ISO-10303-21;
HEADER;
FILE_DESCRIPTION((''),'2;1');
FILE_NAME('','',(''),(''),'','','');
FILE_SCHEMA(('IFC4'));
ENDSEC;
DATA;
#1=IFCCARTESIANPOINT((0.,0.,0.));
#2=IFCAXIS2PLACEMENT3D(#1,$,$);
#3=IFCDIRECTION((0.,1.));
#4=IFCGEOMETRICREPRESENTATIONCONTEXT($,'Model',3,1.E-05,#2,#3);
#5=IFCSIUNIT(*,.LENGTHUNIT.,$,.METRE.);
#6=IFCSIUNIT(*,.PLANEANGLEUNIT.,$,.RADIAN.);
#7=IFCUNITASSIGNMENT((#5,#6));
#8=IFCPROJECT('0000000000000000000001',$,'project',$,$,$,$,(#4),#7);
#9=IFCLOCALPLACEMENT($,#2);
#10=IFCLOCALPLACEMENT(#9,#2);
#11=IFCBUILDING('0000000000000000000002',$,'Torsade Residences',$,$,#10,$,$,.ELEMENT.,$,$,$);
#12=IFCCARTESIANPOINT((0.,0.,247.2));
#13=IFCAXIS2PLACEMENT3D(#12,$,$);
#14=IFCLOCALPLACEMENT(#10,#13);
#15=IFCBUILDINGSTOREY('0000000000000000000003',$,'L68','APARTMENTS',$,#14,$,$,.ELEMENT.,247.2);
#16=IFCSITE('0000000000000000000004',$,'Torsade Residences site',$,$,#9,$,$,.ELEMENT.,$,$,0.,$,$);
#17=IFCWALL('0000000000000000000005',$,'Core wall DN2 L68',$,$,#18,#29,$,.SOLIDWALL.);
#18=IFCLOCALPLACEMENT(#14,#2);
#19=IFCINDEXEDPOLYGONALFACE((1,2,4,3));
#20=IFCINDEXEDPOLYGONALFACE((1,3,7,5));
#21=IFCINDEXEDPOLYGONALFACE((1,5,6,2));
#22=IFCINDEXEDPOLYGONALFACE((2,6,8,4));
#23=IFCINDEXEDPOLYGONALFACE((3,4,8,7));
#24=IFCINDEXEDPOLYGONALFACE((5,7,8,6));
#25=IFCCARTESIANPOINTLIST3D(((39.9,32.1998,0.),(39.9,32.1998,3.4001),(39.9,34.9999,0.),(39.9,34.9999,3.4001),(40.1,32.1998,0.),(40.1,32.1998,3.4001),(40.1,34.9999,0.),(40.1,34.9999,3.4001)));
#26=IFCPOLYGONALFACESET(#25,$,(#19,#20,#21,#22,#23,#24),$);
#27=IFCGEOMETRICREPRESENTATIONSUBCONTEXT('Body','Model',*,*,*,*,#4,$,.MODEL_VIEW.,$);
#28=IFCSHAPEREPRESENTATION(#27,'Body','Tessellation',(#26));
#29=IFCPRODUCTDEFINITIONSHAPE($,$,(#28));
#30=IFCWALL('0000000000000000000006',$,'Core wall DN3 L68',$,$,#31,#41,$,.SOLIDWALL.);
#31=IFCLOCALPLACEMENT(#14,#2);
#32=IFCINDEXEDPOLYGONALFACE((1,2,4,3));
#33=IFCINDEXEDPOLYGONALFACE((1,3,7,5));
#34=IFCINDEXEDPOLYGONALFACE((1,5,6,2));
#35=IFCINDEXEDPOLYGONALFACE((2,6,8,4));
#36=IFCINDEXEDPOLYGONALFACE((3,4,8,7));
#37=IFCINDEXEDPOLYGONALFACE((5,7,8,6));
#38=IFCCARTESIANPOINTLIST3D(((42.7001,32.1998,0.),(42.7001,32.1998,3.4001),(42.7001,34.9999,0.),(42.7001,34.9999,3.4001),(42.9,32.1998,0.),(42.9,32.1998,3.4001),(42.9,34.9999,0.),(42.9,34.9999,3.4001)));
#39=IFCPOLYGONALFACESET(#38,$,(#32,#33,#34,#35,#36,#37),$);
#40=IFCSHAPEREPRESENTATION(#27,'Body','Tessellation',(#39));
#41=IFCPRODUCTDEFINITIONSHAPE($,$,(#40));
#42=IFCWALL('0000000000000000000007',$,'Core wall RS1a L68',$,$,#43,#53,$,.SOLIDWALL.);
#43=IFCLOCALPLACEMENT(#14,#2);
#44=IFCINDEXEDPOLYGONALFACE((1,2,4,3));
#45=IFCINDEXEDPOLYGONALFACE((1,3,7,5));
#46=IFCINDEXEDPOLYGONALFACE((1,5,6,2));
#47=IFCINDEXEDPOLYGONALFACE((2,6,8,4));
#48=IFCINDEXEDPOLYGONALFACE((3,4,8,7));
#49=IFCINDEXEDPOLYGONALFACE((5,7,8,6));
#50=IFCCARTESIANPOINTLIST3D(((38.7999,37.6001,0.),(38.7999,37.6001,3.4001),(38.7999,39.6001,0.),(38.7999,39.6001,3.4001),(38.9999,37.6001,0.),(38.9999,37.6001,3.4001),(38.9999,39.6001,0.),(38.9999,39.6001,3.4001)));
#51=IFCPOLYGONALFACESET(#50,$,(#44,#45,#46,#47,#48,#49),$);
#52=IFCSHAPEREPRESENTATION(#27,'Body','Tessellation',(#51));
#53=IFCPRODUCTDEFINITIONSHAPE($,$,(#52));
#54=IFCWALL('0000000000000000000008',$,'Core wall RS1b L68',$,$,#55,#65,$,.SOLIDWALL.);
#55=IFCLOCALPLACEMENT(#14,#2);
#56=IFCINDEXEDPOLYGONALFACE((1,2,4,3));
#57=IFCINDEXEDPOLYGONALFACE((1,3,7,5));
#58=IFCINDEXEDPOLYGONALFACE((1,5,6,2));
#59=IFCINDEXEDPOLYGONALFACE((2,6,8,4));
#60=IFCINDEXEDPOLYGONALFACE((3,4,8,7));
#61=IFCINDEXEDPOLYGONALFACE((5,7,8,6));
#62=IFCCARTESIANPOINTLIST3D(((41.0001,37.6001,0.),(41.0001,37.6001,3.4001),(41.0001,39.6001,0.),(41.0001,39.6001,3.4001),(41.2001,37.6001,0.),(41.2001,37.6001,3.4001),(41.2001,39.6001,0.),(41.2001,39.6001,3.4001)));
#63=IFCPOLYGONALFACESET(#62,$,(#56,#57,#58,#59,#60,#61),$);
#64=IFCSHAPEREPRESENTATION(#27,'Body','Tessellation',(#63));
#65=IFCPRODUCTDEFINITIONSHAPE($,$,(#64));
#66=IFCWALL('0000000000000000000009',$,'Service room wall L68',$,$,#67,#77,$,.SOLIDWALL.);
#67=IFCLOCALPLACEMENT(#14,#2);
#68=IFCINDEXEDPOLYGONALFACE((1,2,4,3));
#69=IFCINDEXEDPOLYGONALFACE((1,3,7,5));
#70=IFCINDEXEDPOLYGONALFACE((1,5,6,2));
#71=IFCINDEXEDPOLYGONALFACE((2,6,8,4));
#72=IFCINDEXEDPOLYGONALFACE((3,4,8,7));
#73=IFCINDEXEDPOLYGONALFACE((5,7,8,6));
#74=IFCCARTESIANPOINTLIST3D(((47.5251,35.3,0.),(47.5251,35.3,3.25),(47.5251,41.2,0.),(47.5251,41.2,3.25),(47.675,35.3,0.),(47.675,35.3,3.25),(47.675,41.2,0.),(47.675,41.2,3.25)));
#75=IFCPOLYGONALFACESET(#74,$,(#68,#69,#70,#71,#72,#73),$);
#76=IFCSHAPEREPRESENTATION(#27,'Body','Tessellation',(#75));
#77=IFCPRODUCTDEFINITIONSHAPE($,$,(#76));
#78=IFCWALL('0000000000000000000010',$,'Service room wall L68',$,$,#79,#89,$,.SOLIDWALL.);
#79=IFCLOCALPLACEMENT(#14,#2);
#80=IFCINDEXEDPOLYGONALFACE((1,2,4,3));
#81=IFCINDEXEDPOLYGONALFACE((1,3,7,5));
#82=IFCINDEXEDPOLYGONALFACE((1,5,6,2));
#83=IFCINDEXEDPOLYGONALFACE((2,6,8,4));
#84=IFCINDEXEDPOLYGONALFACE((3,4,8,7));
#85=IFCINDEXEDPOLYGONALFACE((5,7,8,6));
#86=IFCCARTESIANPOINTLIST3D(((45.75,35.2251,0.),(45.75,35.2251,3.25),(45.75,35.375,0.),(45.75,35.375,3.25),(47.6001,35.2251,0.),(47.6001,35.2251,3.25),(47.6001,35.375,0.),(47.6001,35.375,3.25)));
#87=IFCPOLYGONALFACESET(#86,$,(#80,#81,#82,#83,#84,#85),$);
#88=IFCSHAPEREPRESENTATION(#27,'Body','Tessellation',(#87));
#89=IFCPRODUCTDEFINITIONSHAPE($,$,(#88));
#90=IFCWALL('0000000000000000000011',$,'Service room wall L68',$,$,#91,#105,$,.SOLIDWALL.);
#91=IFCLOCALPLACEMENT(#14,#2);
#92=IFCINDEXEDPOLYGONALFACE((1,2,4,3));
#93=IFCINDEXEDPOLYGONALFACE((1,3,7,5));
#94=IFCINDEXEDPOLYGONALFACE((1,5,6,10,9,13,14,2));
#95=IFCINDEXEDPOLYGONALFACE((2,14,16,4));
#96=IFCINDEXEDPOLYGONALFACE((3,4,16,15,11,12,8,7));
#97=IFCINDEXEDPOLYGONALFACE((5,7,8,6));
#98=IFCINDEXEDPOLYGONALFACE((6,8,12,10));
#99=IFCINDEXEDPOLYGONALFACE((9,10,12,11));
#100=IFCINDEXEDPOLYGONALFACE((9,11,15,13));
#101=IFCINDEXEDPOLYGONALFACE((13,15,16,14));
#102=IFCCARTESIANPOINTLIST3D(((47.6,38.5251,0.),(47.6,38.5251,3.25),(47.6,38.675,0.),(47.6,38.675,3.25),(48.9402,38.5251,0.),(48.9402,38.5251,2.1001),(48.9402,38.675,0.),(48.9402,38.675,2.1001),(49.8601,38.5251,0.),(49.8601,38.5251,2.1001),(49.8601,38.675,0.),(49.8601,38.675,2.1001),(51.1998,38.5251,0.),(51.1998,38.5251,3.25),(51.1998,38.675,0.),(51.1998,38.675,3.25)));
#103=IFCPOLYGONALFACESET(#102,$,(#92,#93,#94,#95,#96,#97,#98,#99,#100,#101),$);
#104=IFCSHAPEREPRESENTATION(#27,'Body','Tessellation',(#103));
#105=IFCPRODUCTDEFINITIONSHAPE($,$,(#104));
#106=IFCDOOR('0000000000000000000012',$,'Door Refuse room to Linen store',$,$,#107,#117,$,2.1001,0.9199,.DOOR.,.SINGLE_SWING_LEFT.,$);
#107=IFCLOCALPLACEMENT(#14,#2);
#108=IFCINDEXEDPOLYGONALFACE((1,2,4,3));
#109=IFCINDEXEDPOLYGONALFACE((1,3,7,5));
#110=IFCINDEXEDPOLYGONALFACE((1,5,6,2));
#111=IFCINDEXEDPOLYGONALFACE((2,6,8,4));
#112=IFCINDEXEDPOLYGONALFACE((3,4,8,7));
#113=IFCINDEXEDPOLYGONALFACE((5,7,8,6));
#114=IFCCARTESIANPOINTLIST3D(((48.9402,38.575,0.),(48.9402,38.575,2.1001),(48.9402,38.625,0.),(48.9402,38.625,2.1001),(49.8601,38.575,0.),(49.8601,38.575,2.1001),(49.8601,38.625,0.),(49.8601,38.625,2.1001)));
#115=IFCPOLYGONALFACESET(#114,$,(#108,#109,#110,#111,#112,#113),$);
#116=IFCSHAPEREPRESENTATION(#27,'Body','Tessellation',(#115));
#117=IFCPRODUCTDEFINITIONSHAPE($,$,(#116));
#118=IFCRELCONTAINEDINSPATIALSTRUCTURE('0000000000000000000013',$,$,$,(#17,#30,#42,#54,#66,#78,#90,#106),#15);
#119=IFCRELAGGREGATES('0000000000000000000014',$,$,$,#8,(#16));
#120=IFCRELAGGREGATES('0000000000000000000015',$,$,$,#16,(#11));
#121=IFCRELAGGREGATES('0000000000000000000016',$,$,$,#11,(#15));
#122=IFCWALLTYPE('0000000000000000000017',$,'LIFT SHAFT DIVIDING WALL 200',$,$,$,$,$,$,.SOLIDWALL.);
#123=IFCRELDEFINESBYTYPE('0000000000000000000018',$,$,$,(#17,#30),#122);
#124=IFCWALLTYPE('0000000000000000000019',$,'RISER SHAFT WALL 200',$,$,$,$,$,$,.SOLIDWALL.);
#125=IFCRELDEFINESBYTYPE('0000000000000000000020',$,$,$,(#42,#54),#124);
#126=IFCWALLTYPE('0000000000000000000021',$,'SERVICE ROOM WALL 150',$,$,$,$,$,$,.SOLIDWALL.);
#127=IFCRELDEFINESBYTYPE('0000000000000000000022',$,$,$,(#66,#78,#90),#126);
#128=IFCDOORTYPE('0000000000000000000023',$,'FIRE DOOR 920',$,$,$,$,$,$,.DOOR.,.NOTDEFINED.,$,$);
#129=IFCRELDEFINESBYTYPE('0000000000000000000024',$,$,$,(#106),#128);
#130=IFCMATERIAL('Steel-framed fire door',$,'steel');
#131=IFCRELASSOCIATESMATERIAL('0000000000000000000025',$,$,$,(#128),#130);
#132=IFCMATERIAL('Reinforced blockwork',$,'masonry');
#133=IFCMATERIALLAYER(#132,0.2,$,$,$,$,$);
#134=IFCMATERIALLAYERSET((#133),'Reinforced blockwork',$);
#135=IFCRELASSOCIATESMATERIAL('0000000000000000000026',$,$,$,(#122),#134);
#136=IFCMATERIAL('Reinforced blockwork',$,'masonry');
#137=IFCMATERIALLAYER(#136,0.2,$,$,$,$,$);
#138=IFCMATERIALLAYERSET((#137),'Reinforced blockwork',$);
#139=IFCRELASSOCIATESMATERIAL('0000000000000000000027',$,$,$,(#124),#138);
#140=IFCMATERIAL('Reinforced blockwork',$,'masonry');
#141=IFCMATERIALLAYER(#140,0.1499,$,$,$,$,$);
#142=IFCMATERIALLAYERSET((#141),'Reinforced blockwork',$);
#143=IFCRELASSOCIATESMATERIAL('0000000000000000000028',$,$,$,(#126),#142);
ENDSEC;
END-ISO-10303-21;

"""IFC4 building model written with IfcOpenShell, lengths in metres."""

from ifc_helpers import new_model, si_unit, direction, frame, frame_2d, origin, place, context, subcontext, project, spatial, rectangle, extrude, material, layer, layer_set, type_object, element, fill, save


model = new_model("IFC4")

# Units and contexts
model_context = context("Model", 3, precision=1e-05, world=origin(), true_north=direction((0.0, 1.0)))
body_context = subcontext(model_context, "Body", "Model", "MODEL_VIEW")
ifc_project = project(units=[si_unit("LENGTHUNIT", "METRE"), si_unit("PLANEANGLEUNIT", "RADIAN")], contexts=[model_context])

# Site, building, storey
site_placement = place(None, origin())
site = spatial("IfcSite", under=ifc_project, at=site_placement, Name="Torsade Residences site", CompositionType="ELEMENT", RefElevation=0.0)
building_placement = place(site_placement, origin())
building = spatial("IfcBuilding", under=site, at=building_placement, Name="Torsade Residences", CompositionType="ELEMENT")
storey_placement = place(building_placement, frame((0.0, 0.0, 247.2)))
storey = spatial("IfcBuildingStorey", under=building, at=storey_placement, Name="L68", Description="APARTMENTS", CompositionType="ELEMENT", Elevation=247.2)

# Shared definitions
ifc_material_1 = material(Name="Steel-framed fire door", Category="steel")
door_type_1 = type_object("IfcDoorType", Name="FIRE DOOR 920", OperationType="NOTDEFINED", PredefinedType="DOOR", material=ifc_material_1)

# Walls
ifc_material_2 = material(Name="Reinforced blockwork", Category="masonry")
ifc_layer_1 = layer(ifc_material_2, 0.2)
ifc_layer_set_1 = layer_set([ifc_layer_1], Name="Reinforced blockwork")
wall_type_1 = type_object("IfcWallType", Name="LIFT SHAFT DIVIDING WALL 200", PredefinedType="SOLIDWALL", material=ifc_layer_set_1)
for number, where, z_axis, x_axis, name in (
    (1, (40.0, 32.2, 0.0), (0.0, 0.0, 1.0), (0.0, 1.0, 0.0), "Core wall DN2 L68"),
    (2, (42.8, 32.2, 0.0), (0.0, 0.0, 1.0), (0.0, 1.0, 0.0), "Core wall DN3 L68"),
):
    element("IfcWall", number, at=place(storey_placement, frame(where, z_axis=z_axis, x_axis=x_axis)), inside=storey, type_object=wall_type_1, Name=name, PredefinedType="SOLIDWALL", context=body_context, shape_type="SweptSolid", body=[
        extrude(rectangle(XDim=2.8, YDim=0.2, at=frame_2d((1.3999, 0.0))), origin(), (0.0, 0.0, 1.0), 3.4001),
    ])
ifc_material_3 = material(Name="Reinforced blockwork", Category="masonry")
ifc_layer_2 = layer(ifc_material_3, 0.2)
ifc_layer_set_2 = layer_set([ifc_layer_2], Name="Reinforced blockwork")
wall_type_2 = type_object("IfcWallType", Name="RISER SHAFT WALL 200", PredefinedType="SOLIDWALL", material=ifc_layer_set_2)
for number, where, z_axis, x_axis, name in (
    (3, (38.8999, 37.6001, 0.0), (0.0, 0.0, 1.0), (0.0, 1.0, 0.0), "Core wall RS1a L68"),
    (4, (41.1001, 37.6001, 0.0), (0.0, 0.0, 1.0), (0.0, 1.0, 0.0), "Core wall RS1b L68"),
):
    element("IfcWall", number, at=place(storey_placement, frame(where, z_axis=z_axis, x_axis=x_axis)), inside=storey, type_object=wall_type_2, Name=name, PredefinedType="SOLIDWALL", context=body_context, shape_type="SweptSolid", body=[
        extrude(rectangle(XDim=2.0, YDim=0.2, at=frame_2d((1.0, 0.0))), origin(), (0.0, 0.0, 1.0), 3.4001),
    ])
ifc_material_4 = material(Name="Reinforced blockwork", Category="masonry")
ifc_layer_3 = layer(ifc_material_4, 0.1499)
ifc_layer_set_3 = layer_set([ifc_layer_3], Name="Reinforced blockwork")
wall_type_3 = type_object("IfcWallType", Name="SERVICE ROOM WALL 150", PredefinedType="SOLIDWALL", material=ifc_layer_set_3)
wall_1_placement = place(storey_placement, frame((47.6001, 41.2, 0.0), z_axis=(0.0, 0.0, 1.0), x_axis=(0.0, -1.0, 0.0)))
element("IfcWall", 5, at=wall_1_placement, inside=storey, type_object=wall_type_3, Name="Service room wall L68", PredefinedType="SOLIDWALL", context=body_context, shape_type="SweptSolid", body=[
    extrude(rectangle(XDim=5.8999, YDim=0.1499, at=frame_2d((2.95, 0.0))), origin(), (0.0, 0.0, 1.0), 3.25),
])
wall_2_placement = place(storey_placement, frame((47.6001, 35.3, 0.0), z_axis=(0.0, 0.0, 1.0), x_axis=(-1.0, 0.0, 0.0)))
element("IfcWall", 6, at=wall_2_placement, inside=storey, type_object=wall_type_3, Name="Service room wall L68", PredefinedType="SOLIDWALL", context=body_context, shape_type="SweptSolid", body=[
    extrude(rectangle(XDim=1.8501, YDim=0.1499, at=frame_2d((0.925, 0.0))), origin(), (0.0, 0.0, 1.0), 3.25),
])

# Wall, opening, door
wall_3_placement = place(storey_placement, frame((47.6001, 38.6001, 0.0), z_axis=(0.0, 0.0, 1.0), x_axis=(1.0, 0.0, 0.0)))
wall_3 = element("IfcWall", 7, at=wall_3_placement, inside=storey, type_object=wall_type_3, Name="Service room wall L68", PredefinedType="SOLIDWALL", context=body_context, shape_type="SweptSolid", body=[
    extrude(rectangle(XDim=3.5999, YDim=0.1499, at=frame_2d((1.7998, 0.0))), origin(), (0.0, 0.0, 1.0), 3.25),
])
opening_1_placement = place(wall_3_placement, frame((1.3401, 0.0, 0.0)))
opening_1 = element("IfcOpeningElement", 8, at=opening_1_placement, cuts=wall_3, PredefinedType="OPENING", context=body_context, shape_type="SweptSolid", body=[
    extrude(rectangle(XDim=0.9199, YDim=2.1001, at=frame_2d((0.46, 1.05))), frame((0.0, 0.085, 0.0), z_axis=(0.0, -1.0, 0.0), x_axis=(1.0, 0.0, 0.0)), (0.0, 0.0, 1.0), 0.1699),
])
door_1_placement = place(opening_1_placement, origin())
door_1 = element("IfcDoor", 9, at=door_1_placement, inside=storey, type_object=door_type_1, Name="Door Refuse room to Linen store", OperationType="SINGLE_SWING_LEFT", OverallHeight=2.1001, OverallWidth=0.9199, PredefinedType="DOOR", context=body_context, shape_type="SweptSolid", body=[
    extrude(rectangle(XDim=0.9199, YDim=2.1001, at=frame_2d((0.46, 1.05))), frame((0.0, 0.0249, 0.0), z_axis=(0.0, -1.0, 0.0), x_axis=(1.0, 0.0, 0.0)), (0.0, 0.0, 1.0), 0.05),
])
fill(opening_1, door_1)

save(model, "model.ifc")
